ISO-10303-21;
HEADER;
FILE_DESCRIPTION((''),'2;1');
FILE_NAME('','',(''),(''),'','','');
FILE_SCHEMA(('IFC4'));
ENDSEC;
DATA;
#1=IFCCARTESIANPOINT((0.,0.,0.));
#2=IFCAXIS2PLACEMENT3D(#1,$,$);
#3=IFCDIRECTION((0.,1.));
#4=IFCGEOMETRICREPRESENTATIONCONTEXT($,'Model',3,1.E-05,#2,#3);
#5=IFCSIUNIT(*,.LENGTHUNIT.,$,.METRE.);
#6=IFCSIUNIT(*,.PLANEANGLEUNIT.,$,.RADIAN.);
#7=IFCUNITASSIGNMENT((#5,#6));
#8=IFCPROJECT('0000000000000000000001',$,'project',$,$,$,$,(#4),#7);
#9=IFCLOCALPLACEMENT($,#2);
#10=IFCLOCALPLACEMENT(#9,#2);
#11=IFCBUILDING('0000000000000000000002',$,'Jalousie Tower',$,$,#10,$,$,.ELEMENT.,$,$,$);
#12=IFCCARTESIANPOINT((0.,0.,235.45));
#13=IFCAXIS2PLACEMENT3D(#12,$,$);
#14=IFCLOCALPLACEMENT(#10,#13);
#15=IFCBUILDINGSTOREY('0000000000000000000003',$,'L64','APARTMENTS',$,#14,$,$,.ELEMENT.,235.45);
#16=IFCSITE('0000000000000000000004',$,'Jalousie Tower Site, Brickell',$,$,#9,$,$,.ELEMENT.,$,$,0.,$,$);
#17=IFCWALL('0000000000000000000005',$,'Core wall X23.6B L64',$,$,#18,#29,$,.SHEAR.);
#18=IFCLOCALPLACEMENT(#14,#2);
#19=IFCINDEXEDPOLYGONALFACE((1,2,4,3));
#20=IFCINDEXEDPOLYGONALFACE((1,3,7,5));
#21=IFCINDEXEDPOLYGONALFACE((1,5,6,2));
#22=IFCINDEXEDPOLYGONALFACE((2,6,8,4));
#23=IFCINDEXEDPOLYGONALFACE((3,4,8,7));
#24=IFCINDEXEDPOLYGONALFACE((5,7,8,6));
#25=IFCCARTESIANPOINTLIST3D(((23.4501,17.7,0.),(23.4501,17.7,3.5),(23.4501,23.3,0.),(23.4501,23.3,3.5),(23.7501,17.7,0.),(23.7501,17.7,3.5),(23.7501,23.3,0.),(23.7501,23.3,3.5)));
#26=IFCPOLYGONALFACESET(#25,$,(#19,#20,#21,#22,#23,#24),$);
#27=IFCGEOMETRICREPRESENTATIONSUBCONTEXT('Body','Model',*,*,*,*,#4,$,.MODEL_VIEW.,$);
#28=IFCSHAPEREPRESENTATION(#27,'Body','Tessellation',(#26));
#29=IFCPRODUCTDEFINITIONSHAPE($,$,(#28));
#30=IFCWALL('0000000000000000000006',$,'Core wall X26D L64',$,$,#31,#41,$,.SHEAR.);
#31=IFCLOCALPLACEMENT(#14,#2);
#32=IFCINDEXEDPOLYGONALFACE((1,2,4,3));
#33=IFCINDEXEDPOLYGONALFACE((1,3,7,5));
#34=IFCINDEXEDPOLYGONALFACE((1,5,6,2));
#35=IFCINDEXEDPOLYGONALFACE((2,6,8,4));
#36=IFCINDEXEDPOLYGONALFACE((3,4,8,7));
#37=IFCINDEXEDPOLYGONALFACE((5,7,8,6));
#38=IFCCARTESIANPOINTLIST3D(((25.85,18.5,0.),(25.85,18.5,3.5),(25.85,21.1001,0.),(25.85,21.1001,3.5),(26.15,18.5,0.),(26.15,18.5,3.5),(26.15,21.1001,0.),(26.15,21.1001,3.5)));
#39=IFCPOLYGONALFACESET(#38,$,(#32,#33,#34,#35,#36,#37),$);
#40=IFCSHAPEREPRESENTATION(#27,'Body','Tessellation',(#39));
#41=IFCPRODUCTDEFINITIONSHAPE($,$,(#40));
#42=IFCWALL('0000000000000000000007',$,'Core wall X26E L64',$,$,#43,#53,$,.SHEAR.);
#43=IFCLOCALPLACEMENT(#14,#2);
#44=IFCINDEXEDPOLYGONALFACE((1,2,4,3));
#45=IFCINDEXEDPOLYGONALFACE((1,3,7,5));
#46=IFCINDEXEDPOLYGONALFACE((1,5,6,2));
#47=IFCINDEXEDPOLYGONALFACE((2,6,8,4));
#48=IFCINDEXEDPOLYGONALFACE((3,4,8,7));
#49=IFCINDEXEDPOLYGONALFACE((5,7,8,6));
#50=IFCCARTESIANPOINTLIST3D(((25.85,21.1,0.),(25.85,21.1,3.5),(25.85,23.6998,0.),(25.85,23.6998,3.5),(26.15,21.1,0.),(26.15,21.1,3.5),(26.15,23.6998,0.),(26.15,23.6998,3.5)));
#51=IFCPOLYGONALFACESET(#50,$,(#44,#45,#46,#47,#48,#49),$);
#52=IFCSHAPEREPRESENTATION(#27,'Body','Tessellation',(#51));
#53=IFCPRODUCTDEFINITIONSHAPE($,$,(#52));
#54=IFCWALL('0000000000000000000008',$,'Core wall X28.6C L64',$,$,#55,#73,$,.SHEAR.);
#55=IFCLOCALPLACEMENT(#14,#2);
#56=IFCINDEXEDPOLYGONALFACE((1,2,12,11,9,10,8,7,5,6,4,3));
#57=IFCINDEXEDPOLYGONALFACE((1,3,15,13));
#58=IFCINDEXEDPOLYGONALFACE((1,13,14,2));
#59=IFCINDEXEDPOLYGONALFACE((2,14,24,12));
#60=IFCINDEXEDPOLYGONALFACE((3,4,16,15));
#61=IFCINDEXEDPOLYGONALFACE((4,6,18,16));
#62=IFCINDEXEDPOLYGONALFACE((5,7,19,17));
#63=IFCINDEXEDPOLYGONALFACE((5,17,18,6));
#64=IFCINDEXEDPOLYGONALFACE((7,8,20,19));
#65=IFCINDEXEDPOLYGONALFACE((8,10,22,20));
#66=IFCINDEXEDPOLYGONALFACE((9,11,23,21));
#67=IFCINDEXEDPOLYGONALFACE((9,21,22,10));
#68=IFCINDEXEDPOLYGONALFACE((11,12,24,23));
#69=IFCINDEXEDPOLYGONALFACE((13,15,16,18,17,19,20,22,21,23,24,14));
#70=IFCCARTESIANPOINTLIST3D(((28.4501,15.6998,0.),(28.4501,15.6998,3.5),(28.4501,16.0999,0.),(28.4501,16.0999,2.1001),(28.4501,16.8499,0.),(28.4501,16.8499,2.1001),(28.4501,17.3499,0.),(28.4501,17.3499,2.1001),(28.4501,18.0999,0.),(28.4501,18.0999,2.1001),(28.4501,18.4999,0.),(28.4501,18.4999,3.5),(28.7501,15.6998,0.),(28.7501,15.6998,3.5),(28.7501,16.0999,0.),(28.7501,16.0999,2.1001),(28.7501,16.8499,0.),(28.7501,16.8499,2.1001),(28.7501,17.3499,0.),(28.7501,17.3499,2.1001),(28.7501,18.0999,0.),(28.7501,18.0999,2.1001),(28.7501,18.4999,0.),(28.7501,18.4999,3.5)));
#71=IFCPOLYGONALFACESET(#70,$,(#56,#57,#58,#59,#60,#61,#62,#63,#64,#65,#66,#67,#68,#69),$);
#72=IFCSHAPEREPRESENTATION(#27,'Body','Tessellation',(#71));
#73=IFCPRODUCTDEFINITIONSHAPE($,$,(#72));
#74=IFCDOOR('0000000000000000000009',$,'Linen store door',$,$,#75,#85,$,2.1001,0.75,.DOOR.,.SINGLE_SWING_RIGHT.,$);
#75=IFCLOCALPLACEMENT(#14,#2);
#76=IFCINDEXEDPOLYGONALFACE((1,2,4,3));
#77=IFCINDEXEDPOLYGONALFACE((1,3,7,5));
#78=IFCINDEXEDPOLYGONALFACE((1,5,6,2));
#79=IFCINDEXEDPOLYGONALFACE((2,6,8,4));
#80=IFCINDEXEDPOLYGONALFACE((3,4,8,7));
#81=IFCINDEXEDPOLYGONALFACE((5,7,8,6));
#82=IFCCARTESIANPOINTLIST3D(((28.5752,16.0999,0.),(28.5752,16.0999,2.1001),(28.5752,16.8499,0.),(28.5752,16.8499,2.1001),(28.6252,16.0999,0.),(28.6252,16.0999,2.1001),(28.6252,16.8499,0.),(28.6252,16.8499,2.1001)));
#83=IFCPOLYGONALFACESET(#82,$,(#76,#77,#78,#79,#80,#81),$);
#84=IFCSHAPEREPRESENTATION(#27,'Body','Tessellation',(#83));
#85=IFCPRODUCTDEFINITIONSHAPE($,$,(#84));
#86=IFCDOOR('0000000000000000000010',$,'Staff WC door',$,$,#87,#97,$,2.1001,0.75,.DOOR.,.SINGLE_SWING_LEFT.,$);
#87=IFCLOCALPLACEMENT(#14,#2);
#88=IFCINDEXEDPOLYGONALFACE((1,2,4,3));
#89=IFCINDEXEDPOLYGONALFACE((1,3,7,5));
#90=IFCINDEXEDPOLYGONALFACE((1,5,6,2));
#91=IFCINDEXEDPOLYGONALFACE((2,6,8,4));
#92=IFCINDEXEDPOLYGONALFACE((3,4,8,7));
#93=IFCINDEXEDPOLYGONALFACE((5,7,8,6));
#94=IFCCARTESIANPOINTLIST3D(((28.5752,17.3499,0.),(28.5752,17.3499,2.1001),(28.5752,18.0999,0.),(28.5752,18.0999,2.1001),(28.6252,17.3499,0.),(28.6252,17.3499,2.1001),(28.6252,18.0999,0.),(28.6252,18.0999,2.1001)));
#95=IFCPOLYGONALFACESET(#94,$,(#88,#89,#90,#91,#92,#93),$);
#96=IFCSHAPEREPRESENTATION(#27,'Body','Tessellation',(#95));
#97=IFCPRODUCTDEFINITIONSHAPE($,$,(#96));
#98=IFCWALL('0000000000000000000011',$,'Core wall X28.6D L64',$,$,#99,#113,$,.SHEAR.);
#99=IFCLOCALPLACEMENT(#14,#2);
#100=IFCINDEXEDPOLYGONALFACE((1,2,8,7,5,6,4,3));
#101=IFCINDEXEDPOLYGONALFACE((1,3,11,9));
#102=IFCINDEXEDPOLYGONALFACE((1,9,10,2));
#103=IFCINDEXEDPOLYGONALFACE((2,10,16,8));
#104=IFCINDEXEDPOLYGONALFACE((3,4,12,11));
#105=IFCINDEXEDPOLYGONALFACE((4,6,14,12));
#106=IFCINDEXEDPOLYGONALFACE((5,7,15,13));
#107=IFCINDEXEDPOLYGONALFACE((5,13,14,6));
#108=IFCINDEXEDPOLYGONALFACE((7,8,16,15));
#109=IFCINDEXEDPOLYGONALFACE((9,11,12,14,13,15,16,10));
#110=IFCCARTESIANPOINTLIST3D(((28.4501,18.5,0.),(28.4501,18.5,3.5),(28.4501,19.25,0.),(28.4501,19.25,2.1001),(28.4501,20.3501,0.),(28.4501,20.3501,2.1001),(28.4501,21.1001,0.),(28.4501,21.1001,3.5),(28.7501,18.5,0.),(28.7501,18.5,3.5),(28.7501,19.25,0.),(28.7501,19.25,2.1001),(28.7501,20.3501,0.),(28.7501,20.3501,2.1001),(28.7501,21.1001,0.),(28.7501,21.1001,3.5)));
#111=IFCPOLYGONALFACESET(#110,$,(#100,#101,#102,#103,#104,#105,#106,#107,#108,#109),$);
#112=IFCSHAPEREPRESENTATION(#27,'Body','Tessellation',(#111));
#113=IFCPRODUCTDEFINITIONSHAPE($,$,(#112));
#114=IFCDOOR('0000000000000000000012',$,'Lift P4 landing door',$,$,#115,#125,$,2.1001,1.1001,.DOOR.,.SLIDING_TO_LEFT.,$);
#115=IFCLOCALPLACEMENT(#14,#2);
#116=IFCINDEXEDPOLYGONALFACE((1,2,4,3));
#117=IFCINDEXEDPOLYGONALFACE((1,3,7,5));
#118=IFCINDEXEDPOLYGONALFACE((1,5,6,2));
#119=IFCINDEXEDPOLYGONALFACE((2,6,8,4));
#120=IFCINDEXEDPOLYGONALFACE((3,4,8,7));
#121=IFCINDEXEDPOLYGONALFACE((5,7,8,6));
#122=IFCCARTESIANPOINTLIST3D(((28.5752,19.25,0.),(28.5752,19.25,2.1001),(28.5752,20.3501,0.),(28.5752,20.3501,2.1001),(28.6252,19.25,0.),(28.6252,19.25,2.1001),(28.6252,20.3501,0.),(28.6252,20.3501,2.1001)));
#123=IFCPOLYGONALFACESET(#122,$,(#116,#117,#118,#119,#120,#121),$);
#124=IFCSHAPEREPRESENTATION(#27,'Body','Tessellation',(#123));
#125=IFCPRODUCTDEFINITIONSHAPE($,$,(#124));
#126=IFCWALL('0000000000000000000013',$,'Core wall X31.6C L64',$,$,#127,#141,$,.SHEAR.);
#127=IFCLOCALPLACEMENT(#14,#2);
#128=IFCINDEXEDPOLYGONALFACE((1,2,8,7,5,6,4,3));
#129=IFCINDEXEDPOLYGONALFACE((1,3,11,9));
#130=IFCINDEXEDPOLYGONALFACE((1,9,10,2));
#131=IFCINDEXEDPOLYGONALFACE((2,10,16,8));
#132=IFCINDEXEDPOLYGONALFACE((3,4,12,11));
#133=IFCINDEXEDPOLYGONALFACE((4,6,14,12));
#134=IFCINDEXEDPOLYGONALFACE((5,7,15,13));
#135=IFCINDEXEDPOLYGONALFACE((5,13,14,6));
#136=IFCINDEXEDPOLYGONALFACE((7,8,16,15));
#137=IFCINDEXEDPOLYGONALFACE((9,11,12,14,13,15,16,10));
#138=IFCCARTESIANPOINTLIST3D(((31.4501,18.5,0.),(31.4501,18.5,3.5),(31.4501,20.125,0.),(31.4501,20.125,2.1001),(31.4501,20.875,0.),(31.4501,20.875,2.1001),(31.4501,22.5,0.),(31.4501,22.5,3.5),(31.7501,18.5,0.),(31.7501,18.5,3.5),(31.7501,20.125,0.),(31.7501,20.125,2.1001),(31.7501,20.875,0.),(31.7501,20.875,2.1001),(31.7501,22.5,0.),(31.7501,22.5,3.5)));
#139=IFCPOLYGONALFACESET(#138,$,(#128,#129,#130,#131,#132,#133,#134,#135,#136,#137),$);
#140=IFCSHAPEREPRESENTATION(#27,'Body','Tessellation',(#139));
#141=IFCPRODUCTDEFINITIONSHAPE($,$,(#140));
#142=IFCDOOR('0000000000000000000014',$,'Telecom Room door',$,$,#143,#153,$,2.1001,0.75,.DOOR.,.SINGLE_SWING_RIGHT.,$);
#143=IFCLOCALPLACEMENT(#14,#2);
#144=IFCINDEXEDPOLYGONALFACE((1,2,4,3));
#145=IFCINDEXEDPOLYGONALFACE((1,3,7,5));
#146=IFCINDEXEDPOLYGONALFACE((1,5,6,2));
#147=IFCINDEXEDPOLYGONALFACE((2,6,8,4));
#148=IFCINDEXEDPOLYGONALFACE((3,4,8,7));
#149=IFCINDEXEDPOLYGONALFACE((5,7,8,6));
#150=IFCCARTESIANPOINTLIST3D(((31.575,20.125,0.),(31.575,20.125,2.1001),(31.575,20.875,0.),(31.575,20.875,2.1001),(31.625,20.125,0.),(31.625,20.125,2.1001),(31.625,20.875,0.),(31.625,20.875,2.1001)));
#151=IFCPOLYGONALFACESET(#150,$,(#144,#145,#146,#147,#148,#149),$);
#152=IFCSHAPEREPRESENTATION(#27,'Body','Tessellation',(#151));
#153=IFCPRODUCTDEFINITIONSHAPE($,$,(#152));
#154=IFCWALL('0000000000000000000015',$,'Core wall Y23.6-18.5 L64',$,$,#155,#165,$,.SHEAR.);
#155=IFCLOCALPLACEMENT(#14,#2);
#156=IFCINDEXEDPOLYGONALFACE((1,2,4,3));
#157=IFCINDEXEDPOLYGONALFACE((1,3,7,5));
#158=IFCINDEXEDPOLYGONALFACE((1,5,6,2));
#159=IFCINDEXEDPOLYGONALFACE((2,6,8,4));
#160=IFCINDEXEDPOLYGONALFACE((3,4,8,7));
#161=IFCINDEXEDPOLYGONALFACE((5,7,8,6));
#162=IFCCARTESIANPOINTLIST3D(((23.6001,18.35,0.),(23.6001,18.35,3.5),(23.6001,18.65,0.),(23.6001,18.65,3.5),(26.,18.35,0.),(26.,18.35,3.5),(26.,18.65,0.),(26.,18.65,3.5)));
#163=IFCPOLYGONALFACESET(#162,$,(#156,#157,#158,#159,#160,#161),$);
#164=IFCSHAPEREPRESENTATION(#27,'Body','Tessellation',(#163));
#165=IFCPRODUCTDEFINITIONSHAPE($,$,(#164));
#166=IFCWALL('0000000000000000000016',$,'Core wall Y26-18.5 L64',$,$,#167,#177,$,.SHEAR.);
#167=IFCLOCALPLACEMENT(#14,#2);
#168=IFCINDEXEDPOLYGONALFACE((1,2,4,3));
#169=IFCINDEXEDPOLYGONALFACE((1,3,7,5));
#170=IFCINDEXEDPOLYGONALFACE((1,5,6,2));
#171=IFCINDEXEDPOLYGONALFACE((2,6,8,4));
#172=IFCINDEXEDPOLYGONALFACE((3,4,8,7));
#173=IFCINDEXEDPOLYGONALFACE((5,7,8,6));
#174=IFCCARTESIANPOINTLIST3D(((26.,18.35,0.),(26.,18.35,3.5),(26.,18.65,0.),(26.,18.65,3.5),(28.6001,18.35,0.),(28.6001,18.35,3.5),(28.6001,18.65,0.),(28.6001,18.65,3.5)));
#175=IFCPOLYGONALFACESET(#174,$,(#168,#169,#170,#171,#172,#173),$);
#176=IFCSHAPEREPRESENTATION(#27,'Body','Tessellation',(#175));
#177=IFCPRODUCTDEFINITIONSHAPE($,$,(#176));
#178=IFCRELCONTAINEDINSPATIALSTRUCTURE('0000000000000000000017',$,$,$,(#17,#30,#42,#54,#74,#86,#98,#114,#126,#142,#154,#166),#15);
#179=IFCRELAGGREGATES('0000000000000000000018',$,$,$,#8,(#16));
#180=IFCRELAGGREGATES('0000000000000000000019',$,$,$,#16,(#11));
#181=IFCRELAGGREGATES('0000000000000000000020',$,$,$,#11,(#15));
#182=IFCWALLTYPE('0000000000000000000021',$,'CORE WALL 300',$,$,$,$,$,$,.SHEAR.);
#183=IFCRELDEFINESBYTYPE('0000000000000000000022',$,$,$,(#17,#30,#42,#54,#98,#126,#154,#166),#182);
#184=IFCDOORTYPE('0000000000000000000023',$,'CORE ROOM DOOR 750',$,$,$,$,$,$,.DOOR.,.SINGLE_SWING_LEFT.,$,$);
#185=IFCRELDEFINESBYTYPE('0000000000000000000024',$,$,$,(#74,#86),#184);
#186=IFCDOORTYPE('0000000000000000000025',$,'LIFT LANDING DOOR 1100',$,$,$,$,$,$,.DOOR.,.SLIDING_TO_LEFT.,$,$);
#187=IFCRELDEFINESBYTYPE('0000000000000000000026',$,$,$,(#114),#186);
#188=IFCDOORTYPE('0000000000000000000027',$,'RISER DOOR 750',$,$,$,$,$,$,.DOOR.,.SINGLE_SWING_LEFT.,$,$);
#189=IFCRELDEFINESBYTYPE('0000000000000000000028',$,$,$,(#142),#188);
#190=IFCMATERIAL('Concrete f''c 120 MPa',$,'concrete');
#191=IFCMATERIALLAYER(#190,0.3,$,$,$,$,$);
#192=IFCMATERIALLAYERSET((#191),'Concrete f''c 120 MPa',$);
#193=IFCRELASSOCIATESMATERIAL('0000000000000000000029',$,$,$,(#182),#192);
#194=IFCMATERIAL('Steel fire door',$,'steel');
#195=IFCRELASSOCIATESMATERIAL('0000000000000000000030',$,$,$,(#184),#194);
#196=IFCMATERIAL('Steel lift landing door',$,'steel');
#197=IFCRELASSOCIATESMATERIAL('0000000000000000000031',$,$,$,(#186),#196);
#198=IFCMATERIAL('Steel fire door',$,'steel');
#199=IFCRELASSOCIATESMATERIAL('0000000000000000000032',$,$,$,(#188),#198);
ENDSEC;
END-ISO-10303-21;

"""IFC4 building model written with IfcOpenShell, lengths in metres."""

from ifc_helpers import new_model, si_unit, direction, frame, frame_2d, origin, place, context, subcontext, project, spatial, rectangle, extrude, material, layer, layer_set, type_object, element, fill, save


model = new_model("IFC4")

# Units and contexts
model_context = context("Model", 3, precision=1e-05, world=origin(), true_north=direction((0.0, 1.0)))
body_context = subcontext(model_context, "Body", "Model", "MODEL_VIEW")
ifc_project = project(units=[si_unit("LENGTHUNIT", "METRE"), si_unit("PLANEANGLEUNIT", "RADIAN")], contexts=[model_context])

# Site, building, storey
site_placement = place(None, origin())
site = spatial("IfcSite", under=ifc_project, at=site_placement, Name="Jalousie Tower Site, Brickell", CompositionType="ELEMENT", RefElevation=0.0)
building_placement = place(site_placement, origin())
building = spatial("IfcBuilding", under=site, at=building_placement, Name="Jalousie Tower", CompositionType="ELEMENT")
storey_placement = place(building_placement, frame((0.0, 0.0, 235.45)))
storey = spatial("IfcBuildingStorey", under=building, at=storey_placement, Name="L64", Description="APARTMENTS", CompositionType="ELEMENT", Elevation=235.45)

# Walls
ifc_material_1 = material(Name="Concrete f'c 120 MPa", Category="concrete")
ifc_layer = layer(ifc_material_1, 0.3)
ifc_layer_set = layer_set([ifc_layer], Name="Concrete f'c 120 MPa")
wall_type_1 = type_object("IfcWallType", Name="CORE WALL 300", PredefinedType="SHEAR", material=ifc_layer_set)
wall_1_placement = place(storey_placement, frame((23.6001, 17.7, 0.0), z_axis=(0.0, 0.0, 1.0), x_axis=(0.0, 1.0, 0.0)))
element("IfcWall", 1, at=wall_1_placement, inside=storey, type_object=wall_type_1, Name="Core wall X23.6B L64", PredefinedType="SHEAR", context=body_context, shape_type="SweptSolid", body=[
    extrude(rectangle(XDim=5.6001, YDim=0.3, at=frame_2d((2.8, 0.0))), origin(), (0.0, 0.0, 1.0), 3.5),
])
wall_2_placement = place(storey_placement, frame((26.0, 18.5, 0.0), z_axis=(0.0, 0.0, 1.0), x_axis=(0.0, 1.0, 0.0)))
element("IfcWall", 2, at=wall_2_placement, inside=storey, type_object=wall_type_1, Name="Core wall X26D L64", PredefinedType="SHEAR", context=body_context, shape_type="SweptSolid", body=[
    extrude(rectangle(XDim=2.6001, YDim=0.3, at=frame_2d((1.3, 0.0))), origin(), (0.0, 0.0, 1.0), 3.5),
])
wall_3_placement = place(storey_placement, frame((26.0, 21.1001, 0.0), z_axis=(0.0, 0.0, 1.0), x_axis=(0.0, 1.0, 0.0)))
element("IfcWall", 3, at=wall_3_placement, inside=storey, type_object=wall_type_1, Name="Core wall X26E L64", PredefinedType="SHEAR", context=body_context, shape_type="SweptSolid", body=[
    extrude(rectangle(XDim=2.5999, YDim=0.3, at=frame_2d((1.2998, 0.0))), origin(), (0.0, 0.0, 1.0), 3.5),
])

# Wall, openings, doors
wall_4_placement = place(storey_placement, frame((28.6001, 15.7, 0.0), z_axis=(0.0, 0.0, 1.0), x_axis=(0.0, 1.0, 0.0)))
wall_4 = element("IfcWall", 4, at=wall_4_placement, inside=storey, type_object=wall_type_1, Name="Core wall X28.6C L64", PredefinedType="SHEAR", context=body_context, shape_type="SweptSolid", body=[
    extrude(rectangle(XDim=2.8, YDim=0.3, at=frame_2d((1.3999, 0.0))), origin(), (0.0, 0.0, 1.0), 3.5),
])
opening_1_placement = place(wall_4_placement, frame((0.3999, 0.0, 0.0)))
opening_1 = element("IfcOpeningElement", 5, at=opening_1_placement, cuts=wall_4, PredefinedType="OPENING", context=body_context, shape_type="SweptSolid", body=[
    extrude(rectangle(XDim=0.75, YDim=2.1001, at=frame_2d((0.375, 1.05))), frame((0.0, 0.1599, 0.0), z_axis=(0.0, -1.0, 0.0), x_axis=(1.0, 0.0, 0.0)), (0.0, 0.0, 1.0), 0.3201),
])
opening_2_placement = place(wall_4_placement, frame((1.6499, 0.0, 0.0)))
opening_2 = element("IfcOpeningElement", 6, at=opening_2_placement, cuts=wall_4, PredefinedType="OPENING", context=body_context, shape_type="SweptSolid", body=[
    extrude(rectangle(XDim=0.75, YDim=2.1001, at=frame_2d((0.375, 1.05))), frame((0.0, 0.1599, 0.0), z_axis=(0.0, -1.0, 0.0), x_axis=(1.0, 0.0, 0.0)), (0.0, 0.0, 1.0), 0.3201),
])
ifc_material_2 = material(Name="Steel fire door", Category="steel")
door_type_1 = type_object("IfcDoorType", Name="CORE ROOM DOOR 750", OperationType="SINGLE_SWING_LEFT", PredefinedType="DOOR", material=ifc_material_2)
door_1_placement = place(opening_1_placement, origin())
door_1 = element("IfcDoor", 7, at=door_1_placement, inside=storey, type_object=door_type_1, Name="Linen store door", OperationType="SINGLE_SWING_RIGHT", OverallHeight=2.1001, OverallWidth=0.75, PredefinedType="DOOR", context=body_context, shape_type="SweptSolid", body=[
    extrude(rectangle(XDim=0.75, YDim=2.1001, at=frame_2d((0.375, 1.05))), frame((0.0, 0.0249, 0.0), z_axis=(0.0, -1.0, 0.0), x_axis=(1.0, 0.0, 0.0)), (0.0, 0.0, 1.0), 0.05),
])
fill(opening_1, door_1)
door_2_placement = place(opening_2_placement, origin())
door_2 = element("IfcDoor", 8, at=door_2_placement, inside=storey, type_object=door_type_1, Name="Staff WC door", OperationType="SINGLE_SWING_LEFT", OverallHeight=2.1001, OverallWidth=0.75, PredefinedType="DOOR", context=body_context, shape_type="SweptSolid", body=[
    extrude(rectangle(XDim=0.75, YDim=2.1001, at=frame_2d((0.375, 1.05))), frame((0.0, 0.0249, 0.0), z_axis=(0.0, -1.0, 0.0), x_axis=(1.0, 0.0, 0.0)), (0.0, 0.0, 1.0), 0.05),
])
fill(opening_2, door_2)

# Walls, openings, doors
wall_5_placement = place(storey_placement, frame((28.6001, 18.5, 0.0), z_axis=(0.0, 0.0, 1.0), x_axis=(0.0, 1.0, 0.0)))
wall_5 = element("IfcWall", 9, at=wall_5_placement, inside=storey, type_object=wall_type_1, Name="Core wall X28.6D L64", PredefinedType="SHEAR", context=body_context, shape_type="SweptSolid", body=[
    extrude(rectangle(XDim=2.6001, YDim=0.3, at=frame_2d((1.3, 0.0))), origin(), (0.0, 0.0, 1.0), 3.5),
])
opening_3_placement = place(wall_5_placement, frame((0.75, 0.0, 0.0)))
opening_3 = element("IfcOpeningElement", 10, at=opening_3_placement, cuts=wall_5, PredefinedType="OPENING", context=body_context, shape_type="SweptSolid", body=[
    extrude(rectangle(XDim=1.1001, YDim=2.1001, at=frame_2d((0.55, 1.05))), frame((0.0, 0.1599, 0.0), z_axis=(0.0, -1.0, 0.0), x_axis=(1.0, 0.0, 0.0)), (0.0, 0.0, 1.0), 0.3201),
])
ifc_material_3 = material(Name="Steel lift landing door", Category="steel")
door_type_2 = type_object("IfcDoorType", Name="LIFT LANDING DOOR 1100", OperationType="SLIDING_TO_LEFT", PredefinedType="DOOR", material=ifc_material_3)
door_3_placement = place(opening_3_placement, origin())
door_3 = element("IfcDoor", 11, at=door_3_placement, inside=storey, type_object=door_type_2, Name="Lift P4 landing door", OperationType="SLIDING_TO_LEFT", OverallHeight=2.1001, OverallWidth=1.1001, PredefinedType="DOOR", context=body_context, shape_type="SweptSolid", body=[
    extrude(rectangle(XDim=1.1001, YDim=2.1001, at=frame_2d((0.55, 1.05))), frame((0.0, 0.0249, 0.0), z_axis=(0.0, -1.0, 0.0), x_axis=(1.0, 0.0, 0.0)), (0.0, 0.0, 1.0), 0.05),
])
fill(opening_3, door_3)
wall_6_placement = place(storey_placement, frame((31.6001, 18.5, 0.0), z_axis=(0.0, 0.0, 1.0), x_axis=(0.0, 1.0, 0.0)))
wall_6 = element("IfcWall", 12, at=wall_6_placement, inside=storey, type_object=wall_type_1, Name="Core wall X31.6C L64", PredefinedType="SHEAR", context=body_context, shape_type="SweptSolid", body=[
    extrude(rectangle(XDim=4.0, YDim=0.3, at=frame_2d((2.0, 0.0))), origin(), (0.0, 0.0, 1.0), 3.5),
])
opening_4_placement = place(wall_6_placement, frame((1.625, 0.0, 0.0)))
opening_4 = element("IfcOpeningElement", 13, at=opening_4_placement, cuts=wall_6, PredefinedType="OPENING", context=body_context, shape_type="SweptSolid", body=[
    extrude(rectangle(XDim=0.75, YDim=2.1001, at=frame_2d((0.375, 1.05))), frame((0.0, 0.1599, 0.0), z_axis=(0.0, -1.0, 0.0), x_axis=(1.0, 0.0, 0.0)), (0.0, 0.0, 1.0), 0.3201),
])
ifc_material_4 = material(Name="Steel fire door", Category="steel")
door_type_3 = type_object("IfcDoorType", Name="RISER DOOR 750", OperationType="SINGLE_SWING_LEFT", PredefinedType="DOOR", material=ifc_material_4)
door_4_placement = place(opening_4_placement, frame((0.75, 0.0, 0.0), z_axis=(0.0, 0.0, 1.0), x_axis=(-1.0, 0.0, 0.0)))
door_4 = element("IfcDoor", 14, at=door_4_placement, inside=storey, type_object=door_type_3, Name="Telecom Room door", OperationType="SINGLE_SWING_RIGHT", OverallHeight=2.1001, OverallWidth=0.75, PredefinedType="DOOR", context=body_context, shape_type="SweptSolid", body=[
    extrude(rectangle(XDim=0.75, YDim=2.1001, at=frame_2d((0.375, 1.05))), frame((0.0, 0.0249, 0.0), z_axis=(0.0, -1.0, 0.0), x_axis=(1.0, 0.0, 0.0)), (0.0, 0.0, 1.0), 0.05),
])
fill(opening_4, door_4)

# Walls
wall_7_placement = place(storey_placement, frame((23.6001, 18.5, 0.0), z_axis=(0.0, 0.0, 1.0), x_axis=(1.0, 0.0, 0.0)))
element("IfcWall", 15, at=wall_7_placement, inside=storey, type_object=wall_type_1, Name="Core wall Y23.6-18.5 L64", PredefinedType="SHEAR", context=body_context, shape_type="SweptSolid", body=[
    extrude(rectangle(XDim=2.3999, YDim=0.3, at=frame_2d((1.2, 0.0))), origin(), (0.0, 0.0, 1.0), 3.5),
])
for number, where, z_axis, x_axis, name in (
    (16, (26.0, 18.5, 0.0), (0.0, 0.0, 1.0), (1.0, 0.0, 0.0), "Core wall Y26-18.5 L64"),
):
    element("IfcWall", number, at=place(storey_placement, frame(where, z_axis=z_axis, x_axis=x_axis)), inside=storey, type_object=wall_type_1, Name=name, PredefinedType="SHEAR", context=body_context, shape_type="SweptSolid", body=[
        extrude(rectangle(XDim=2.6001, YDim=0.3, at=frame_2d((1.3, 0.0))), origin(), (0.0, 0.0, 1.0), 3.5),
    ])

save(model, "model.ifc")
